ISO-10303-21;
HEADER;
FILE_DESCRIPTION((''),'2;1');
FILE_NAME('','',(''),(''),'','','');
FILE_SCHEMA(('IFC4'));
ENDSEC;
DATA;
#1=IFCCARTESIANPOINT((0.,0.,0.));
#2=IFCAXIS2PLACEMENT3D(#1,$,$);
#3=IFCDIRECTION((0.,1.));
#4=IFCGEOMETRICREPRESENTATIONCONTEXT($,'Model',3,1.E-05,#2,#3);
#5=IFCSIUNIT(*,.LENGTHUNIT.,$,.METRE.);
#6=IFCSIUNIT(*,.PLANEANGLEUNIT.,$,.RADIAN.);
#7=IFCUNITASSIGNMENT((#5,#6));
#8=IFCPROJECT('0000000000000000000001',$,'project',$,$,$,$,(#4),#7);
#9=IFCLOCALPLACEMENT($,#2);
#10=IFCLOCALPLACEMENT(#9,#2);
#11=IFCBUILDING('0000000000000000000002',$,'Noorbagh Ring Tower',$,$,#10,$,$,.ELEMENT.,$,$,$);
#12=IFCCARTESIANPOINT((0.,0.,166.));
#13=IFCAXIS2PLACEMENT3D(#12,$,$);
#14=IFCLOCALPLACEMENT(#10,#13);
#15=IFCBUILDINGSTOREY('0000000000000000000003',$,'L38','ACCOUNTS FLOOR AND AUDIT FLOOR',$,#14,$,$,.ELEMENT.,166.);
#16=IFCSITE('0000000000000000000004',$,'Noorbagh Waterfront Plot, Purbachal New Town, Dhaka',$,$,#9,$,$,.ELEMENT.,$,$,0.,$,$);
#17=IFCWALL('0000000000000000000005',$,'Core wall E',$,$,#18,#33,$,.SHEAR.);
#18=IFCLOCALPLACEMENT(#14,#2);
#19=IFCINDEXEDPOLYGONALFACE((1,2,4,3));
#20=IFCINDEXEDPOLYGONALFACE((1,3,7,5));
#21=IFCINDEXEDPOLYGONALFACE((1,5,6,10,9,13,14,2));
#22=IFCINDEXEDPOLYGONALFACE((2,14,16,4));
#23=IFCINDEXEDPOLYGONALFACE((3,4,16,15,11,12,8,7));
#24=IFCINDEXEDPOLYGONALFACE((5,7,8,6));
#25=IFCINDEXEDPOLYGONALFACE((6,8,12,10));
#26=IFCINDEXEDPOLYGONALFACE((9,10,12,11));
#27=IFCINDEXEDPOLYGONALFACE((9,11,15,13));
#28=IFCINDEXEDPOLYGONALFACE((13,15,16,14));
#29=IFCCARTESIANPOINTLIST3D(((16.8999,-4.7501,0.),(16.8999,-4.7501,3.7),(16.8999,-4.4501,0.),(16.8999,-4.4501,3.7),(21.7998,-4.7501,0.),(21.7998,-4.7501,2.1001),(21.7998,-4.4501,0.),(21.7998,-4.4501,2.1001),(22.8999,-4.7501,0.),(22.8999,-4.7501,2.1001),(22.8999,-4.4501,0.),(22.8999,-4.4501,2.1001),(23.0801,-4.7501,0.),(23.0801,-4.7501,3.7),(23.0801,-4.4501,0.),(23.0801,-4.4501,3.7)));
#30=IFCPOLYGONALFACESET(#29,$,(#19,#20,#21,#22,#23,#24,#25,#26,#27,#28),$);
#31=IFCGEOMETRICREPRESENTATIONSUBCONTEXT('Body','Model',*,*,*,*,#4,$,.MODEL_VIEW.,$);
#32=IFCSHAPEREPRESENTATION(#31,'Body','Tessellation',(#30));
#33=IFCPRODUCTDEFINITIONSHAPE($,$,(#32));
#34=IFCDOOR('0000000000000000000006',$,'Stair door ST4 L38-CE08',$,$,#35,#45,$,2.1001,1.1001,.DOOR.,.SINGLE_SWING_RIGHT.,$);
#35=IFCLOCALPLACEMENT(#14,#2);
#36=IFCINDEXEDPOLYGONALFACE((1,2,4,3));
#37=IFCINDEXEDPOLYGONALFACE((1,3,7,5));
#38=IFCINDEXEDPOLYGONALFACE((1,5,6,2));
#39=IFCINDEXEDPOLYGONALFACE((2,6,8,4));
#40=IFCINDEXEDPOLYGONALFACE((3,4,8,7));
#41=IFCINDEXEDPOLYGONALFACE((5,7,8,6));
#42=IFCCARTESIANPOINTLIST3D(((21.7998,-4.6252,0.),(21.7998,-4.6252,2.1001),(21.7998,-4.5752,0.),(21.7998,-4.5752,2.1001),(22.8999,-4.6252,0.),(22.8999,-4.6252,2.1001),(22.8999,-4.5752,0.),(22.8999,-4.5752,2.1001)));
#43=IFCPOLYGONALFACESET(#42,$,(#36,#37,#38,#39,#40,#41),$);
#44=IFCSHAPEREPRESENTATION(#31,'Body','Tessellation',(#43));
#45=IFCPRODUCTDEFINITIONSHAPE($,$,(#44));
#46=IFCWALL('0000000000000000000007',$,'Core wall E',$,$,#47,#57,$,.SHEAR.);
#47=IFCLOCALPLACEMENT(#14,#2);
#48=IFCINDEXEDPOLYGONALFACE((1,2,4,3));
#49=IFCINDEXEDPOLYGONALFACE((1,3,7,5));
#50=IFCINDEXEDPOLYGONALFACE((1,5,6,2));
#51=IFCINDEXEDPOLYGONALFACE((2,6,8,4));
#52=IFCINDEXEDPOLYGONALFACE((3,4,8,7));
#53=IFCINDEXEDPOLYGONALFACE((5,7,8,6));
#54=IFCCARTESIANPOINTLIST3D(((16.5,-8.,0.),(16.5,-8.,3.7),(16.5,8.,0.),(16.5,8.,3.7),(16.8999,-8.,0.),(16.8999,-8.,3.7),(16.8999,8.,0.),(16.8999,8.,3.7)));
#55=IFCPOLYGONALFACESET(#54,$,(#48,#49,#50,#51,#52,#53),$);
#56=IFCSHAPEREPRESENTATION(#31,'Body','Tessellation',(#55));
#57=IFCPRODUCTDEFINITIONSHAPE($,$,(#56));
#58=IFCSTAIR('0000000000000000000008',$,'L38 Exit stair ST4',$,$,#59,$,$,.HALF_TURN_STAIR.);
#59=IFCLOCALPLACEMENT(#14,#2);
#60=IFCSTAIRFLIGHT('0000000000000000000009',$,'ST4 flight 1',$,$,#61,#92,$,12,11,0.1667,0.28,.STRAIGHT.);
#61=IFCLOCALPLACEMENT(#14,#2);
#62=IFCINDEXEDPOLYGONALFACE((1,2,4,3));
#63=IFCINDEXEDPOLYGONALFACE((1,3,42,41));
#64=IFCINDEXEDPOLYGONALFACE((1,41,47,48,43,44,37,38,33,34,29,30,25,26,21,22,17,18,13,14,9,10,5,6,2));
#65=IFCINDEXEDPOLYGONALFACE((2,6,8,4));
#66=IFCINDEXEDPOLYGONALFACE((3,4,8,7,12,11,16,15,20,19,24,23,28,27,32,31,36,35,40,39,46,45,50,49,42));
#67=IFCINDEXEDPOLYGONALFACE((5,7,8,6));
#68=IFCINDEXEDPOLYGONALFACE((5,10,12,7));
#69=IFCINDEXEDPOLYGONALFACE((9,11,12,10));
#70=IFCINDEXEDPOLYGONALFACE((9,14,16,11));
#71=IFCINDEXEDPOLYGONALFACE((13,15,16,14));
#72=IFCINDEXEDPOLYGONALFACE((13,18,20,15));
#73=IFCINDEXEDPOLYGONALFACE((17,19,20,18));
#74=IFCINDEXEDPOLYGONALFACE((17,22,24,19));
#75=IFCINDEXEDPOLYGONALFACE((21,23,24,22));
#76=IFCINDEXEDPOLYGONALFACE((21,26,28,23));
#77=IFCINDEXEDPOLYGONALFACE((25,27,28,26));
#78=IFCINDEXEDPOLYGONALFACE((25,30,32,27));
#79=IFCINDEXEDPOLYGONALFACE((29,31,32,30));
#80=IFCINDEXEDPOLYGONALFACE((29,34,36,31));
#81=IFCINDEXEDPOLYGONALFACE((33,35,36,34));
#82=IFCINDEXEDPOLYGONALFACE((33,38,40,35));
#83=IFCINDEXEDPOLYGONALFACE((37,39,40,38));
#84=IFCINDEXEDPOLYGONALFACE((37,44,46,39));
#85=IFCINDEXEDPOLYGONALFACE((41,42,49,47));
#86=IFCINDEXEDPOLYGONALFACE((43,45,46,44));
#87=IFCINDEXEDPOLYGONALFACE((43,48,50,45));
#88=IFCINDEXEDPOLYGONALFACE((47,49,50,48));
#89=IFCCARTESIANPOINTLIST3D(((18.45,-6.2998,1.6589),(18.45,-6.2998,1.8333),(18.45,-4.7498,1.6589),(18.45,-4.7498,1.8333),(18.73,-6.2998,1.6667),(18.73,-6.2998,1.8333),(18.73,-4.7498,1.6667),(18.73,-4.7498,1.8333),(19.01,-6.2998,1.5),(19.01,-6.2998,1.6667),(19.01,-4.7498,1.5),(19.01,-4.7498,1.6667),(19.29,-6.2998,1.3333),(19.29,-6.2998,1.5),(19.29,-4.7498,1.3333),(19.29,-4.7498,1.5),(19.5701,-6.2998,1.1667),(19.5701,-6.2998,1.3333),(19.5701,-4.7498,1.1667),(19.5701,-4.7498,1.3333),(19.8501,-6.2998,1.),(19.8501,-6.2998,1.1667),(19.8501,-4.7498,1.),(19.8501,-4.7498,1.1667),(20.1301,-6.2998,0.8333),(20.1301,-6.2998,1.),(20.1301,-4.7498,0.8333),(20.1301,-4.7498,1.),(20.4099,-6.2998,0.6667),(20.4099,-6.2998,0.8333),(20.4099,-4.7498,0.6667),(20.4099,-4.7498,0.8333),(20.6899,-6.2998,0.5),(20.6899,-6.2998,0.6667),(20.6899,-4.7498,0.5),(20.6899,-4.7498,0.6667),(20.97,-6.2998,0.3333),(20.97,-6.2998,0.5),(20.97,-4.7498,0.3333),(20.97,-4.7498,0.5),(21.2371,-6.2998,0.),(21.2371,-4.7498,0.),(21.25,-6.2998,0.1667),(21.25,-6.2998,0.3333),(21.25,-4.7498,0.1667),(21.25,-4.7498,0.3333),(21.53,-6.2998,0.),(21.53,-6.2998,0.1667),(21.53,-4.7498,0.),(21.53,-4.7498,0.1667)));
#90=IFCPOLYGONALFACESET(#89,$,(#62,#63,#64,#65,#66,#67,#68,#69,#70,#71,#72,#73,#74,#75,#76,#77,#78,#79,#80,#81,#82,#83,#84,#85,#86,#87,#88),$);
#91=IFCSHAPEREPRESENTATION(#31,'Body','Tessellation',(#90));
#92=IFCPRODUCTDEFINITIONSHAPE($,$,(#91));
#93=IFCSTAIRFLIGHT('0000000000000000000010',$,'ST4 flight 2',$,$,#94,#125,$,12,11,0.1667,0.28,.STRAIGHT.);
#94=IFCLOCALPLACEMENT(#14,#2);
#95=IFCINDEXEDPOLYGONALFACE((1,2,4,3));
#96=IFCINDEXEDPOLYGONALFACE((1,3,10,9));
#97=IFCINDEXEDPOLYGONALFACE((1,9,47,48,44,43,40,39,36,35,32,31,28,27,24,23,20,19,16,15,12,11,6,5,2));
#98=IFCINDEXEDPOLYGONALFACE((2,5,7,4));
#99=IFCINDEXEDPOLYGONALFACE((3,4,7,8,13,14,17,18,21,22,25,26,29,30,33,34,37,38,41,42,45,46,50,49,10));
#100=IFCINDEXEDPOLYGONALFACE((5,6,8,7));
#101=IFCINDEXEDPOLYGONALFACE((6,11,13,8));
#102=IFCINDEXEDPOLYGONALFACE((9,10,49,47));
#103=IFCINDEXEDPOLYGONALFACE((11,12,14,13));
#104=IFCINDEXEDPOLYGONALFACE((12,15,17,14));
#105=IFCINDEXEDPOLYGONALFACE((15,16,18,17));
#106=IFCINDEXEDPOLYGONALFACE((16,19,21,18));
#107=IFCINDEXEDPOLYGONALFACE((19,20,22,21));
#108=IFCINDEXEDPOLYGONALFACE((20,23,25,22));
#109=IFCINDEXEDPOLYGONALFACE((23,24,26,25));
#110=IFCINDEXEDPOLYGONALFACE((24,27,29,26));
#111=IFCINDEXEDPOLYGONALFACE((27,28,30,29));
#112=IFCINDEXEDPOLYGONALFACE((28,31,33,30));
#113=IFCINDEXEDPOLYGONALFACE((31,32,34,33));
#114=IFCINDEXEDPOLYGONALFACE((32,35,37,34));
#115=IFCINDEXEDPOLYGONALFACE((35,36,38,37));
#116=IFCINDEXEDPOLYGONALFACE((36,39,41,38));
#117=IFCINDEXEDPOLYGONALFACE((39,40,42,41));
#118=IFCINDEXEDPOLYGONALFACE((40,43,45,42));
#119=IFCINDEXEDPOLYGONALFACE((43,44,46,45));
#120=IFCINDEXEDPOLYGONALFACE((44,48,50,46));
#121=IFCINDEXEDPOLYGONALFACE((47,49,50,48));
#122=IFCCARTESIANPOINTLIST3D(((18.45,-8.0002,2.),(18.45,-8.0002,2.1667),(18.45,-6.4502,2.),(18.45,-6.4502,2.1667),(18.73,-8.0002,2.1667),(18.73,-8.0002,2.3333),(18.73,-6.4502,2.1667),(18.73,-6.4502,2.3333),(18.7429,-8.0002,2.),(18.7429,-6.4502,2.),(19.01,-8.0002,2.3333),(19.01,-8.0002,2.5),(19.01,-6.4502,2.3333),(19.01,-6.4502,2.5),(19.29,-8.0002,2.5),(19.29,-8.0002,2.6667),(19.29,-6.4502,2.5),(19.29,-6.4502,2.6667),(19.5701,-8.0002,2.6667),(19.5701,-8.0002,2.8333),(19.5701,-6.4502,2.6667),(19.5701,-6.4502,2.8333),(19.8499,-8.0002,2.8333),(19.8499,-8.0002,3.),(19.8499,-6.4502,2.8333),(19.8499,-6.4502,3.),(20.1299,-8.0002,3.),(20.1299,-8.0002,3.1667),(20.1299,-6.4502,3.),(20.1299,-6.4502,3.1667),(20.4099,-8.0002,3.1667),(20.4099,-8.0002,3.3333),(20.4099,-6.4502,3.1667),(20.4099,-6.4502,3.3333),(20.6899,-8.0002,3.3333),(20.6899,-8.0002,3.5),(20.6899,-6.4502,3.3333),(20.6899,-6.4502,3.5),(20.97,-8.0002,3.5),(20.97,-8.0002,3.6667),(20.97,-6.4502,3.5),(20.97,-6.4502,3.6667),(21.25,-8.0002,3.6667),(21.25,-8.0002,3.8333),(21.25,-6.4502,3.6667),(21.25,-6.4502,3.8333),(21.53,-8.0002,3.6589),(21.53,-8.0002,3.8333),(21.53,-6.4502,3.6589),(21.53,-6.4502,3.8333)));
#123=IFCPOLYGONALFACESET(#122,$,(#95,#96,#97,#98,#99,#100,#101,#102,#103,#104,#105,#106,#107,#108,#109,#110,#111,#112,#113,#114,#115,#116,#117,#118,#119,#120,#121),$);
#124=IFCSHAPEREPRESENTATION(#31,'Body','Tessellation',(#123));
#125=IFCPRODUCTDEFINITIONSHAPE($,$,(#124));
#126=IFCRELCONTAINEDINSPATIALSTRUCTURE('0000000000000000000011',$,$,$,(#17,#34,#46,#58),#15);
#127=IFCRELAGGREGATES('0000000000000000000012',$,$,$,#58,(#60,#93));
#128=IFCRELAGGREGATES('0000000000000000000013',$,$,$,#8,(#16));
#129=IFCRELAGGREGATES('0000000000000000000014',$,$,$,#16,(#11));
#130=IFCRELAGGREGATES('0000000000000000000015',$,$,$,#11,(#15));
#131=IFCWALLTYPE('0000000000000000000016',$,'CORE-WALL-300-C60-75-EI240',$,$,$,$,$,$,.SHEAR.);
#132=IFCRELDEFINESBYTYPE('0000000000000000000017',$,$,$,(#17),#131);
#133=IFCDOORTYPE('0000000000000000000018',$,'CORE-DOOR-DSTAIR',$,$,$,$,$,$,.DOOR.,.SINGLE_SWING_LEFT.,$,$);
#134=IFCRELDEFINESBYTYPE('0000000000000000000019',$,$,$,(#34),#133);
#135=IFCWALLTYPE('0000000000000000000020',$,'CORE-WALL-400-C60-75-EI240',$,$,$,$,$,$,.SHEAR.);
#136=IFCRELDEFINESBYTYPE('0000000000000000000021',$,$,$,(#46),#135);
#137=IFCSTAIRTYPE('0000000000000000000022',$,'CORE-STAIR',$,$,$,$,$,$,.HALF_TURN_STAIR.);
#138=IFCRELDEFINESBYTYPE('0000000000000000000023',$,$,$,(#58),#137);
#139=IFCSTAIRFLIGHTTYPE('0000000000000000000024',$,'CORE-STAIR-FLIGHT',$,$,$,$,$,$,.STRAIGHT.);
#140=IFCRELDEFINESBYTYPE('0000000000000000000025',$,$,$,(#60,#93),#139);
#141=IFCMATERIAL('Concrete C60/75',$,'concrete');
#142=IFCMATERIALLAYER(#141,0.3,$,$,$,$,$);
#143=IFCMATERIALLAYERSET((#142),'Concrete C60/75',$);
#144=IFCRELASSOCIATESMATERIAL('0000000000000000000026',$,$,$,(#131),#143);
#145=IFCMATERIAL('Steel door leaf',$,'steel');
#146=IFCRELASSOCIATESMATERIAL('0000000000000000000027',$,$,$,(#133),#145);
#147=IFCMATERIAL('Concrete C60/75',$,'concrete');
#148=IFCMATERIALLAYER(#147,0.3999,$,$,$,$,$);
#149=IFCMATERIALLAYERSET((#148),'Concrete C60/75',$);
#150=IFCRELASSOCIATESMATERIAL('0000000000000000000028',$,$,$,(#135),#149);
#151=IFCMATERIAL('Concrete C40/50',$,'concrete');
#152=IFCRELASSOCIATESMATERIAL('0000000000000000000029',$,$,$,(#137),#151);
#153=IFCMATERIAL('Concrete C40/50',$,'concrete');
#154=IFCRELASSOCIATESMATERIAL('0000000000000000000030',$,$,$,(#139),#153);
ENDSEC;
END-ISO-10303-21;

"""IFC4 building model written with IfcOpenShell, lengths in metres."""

from ifc_helpers import new_model, si_unit, direction, frame, frame_2d, origin, place, context, subcontext, project, spatial, polyline, rectangle, outline, extrude, material, layer, layer_set, type_object, element, fill, aggregate, save


model = new_model("IFC4")

# Units and contexts
model_context = context("Model", 3, precision=1e-05, world=origin(), true_north=direction((0.0, 1.0)))
body_context = subcontext(model_context, "Body", "Model", "MODEL_VIEW")
ifc_project = project(units=[si_unit("LENGTHUNIT", "METRE"), si_unit("PLANEANGLEUNIT", "RADIAN")], contexts=[model_context])

# Site, building, storey
site_placement = place(None, origin())
site = spatial("IfcSite", under=ifc_project, at=site_placement, Name="Noorbagh Waterfront Plot, Purbachal New Town, Dhaka", CompositionType="ELEMENT", RefElevation=0.0)
building_placement = place(site_placement, origin())
building = spatial("IfcBuilding", under=site, at=building_placement, Name="Noorbagh Ring Tower", CompositionType="ELEMENT")
storey_placement = place(building_placement, frame((0.0, 0.0, 166.0)))
storey = spatial("IfcBuildingStorey", under=building, at=storey_placement, Name="L38", Description="ACCOUNTS FLOOR AND AUDIT FLOOR", CompositionType="ELEMENT", Elevation=166.0)

# Wall, opening, door
ifc_material_1 = material(Name="Concrete C60/75", Category="concrete")
ifc_layer_1 = layer(ifc_material_1, 0.3)
ifc_layer_set_1 = layer_set([ifc_layer_1], Name="Concrete C60/75")
wall_type_1 = type_object("IfcWallType", Name="CORE-WALL-300-C60-75-EI240", PredefinedType="SHEAR", material=ifc_layer_set_1)
wall_1_placement = place(storey_placement, frame((16.8999, -4.6001, 0.0), z_axis=(0.0, 0.0, 1.0), x_axis=(1.0, 0.0, 0.0)))
wall_1 = element("IfcWall", 1, at=wall_1_placement, inside=storey, type_object=wall_type_1, Name="Core wall E", PredefinedType="SHEAR", context=body_context, shape_type="SweptSolid", body=[
    extrude(rectangle(XDim=6.1802, YDim=0.3, at=frame_2d((3.0901, 0.0))), origin(), (0.0, 0.0, 1.0), 3.7),
])
opening_1_placement = place(wall_1_placement, frame((4.8999, 0.0, 0.0)))
opening_1 = element("IfcOpeningElement", 2, at=opening_1_placement, cuts=wall_1, PredefinedType="OPENING", context=body_context, shape_type="SweptSolid", body=[
    extrude(rectangle(XDim=1.1001, YDim=2.1001, at=frame_2d((0.55, 1.05))), frame((0.0, 0.1602, 0.0), z_axis=(0.0, -1.0, 0.0), x_axis=(1.0, 0.0, 0.0)), (0.0, 0.0, 1.0), 0.3201),
])
ifc_material_2 = material(Name="Steel door leaf", Category="steel")
door_type_1 = type_object("IfcDoorType", Name="CORE-DOOR-DSTAIR", OperationType="SINGLE_SWING_LEFT", PredefinedType="DOOR", material=ifc_material_2)
door_1_placement = place(opening_1_placement, origin())
door_1 = element("IfcDoor", 3, at=door_1_placement, inside=storey, type_object=door_type_1, Name="Stair door ST4 L38-CE08", OperationType="SINGLE_SWING_RIGHT", OverallHeight=2.1001, OverallWidth=1.1001, PredefinedType="DOOR", context=body_context, shape_type="SweptSolid", body=[
    extrude(rectangle(XDim=1.1001, YDim=2.1001, at=frame_2d((0.55, 1.05))), frame((0.0, 0.0249, 0.0), z_axis=(0.0, -1.0, 0.0), x_axis=(1.0, 0.0, 0.0)), (0.0, 0.0, 1.0), 0.05),
])
fill(opening_1, door_1)

# Wall
ifc_material_3 = material(Name="Concrete C60/75", Category="concrete")
ifc_layer_2 = layer(ifc_material_3, 0.3999)
ifc_layer_set_2 = layer_set([ifc_layer_2], Name="Concrete C60/75")
wall_type_2 = type_object("IfcWallType", Name="CORE-WALL-400-C60-75-EI240", PredefinedType="SHEAR", material=ifc_layer_set_2)
wall_2_placement = place(storey_placement, frame((16.7, -8.0, 0.0), z_axis=(0.0, 0.0, 1.0), x_axis=(0.0, 1.0, 0.0)))
element("IfcWall", 4, at=wall_2_placement, inside=storey, type_object=wall_type_2, Name="Core wall E", PredefinedType="SHEAR", context=body_context, shape_type="SweptSolid", body=[
    extrude(rectangle(XDim=16.0, YDim=0.3999, at=frame_2d((8.0, 0.0))), origin(), (0.0, 0.0, 1.0), 3.7),
])

# Stair, stair flights
ifc_material_4 = material(Name="Concrete C40/50", Category="concrete")
stair_type = type_object("IfcStairType", Name="CORE-STAIR", PredefinedType="HALF_TURN_STAIR", material=ifc_material_4)
stair_placement = place(storey_placement, origin())
stair = element("IfcStair", 5, at=stair_placement, inside=storey, type_object=stair_type, Name="L38 Exit stair ST4", PredefinedType="HALF_TURN_STAIR")
ifc_material_5 = material(Name="Concrete C40/50", Category="concrete")
stair_flight_type = type_object("IfcStairFlightType", Name="CORE-STAIR-FLIGHT", PredefinedType="STRAIGHT", material=ifc_material_5)
stair_flight_1_placement = place(storey_placement, frame((21.53, -5.5249, 0.0), z_axis=(0.0, 0.0, 1.0), x_axis=(-1.0, 0.0, 0.0)))
stair_flight_1 = element("IfcStairFlight", 6, at=stair_flight_1_placement, type_object=stair_flight_type, Name="ST4 flight 1", NumberOfRisers=12, NumberOfTreads=11, PredefinedType="STRAIGHT", RiserHeight=0.1667, TreadLength=0.28, context=body_context, shape_type="SweptSolid", body=[
    extrude(outline(polyline([(0.0, 0.0), (0.0, 0.1667), (0.28, 0.1667), (0.28, 0.3333), (0.5601, 0.3333), (0.5601, 0.5), (0.8401, 0.5), (0.8401, 0.6667), (1.1201, 0.6667), (1.1201, 0.8333), (1.3999, 0.8333), (1.3999, 1.0), (1.6799, 1.0), (1.6799, 1.1667), (1.96, 1.1667), (1.96, 1.3333), (2.24, 1.3333), (2.24, 1.5), (2.52, 1.5), (2.52, 1.6667), (2.8, 1.6667), (2.8, 1.8333), (3.0801, 1.8333), (3.0801, 2.0), (3.0801, 1.6589), (0.293, 0.0), (0.0, 0.0)])), frame((0.0, 0.7749, 0.0), z_axis=(0.0, -1.0, 0.0), x_axis=(1.0, 0.0, 0.0)), (0.0, 0.0, 1.0), 1.55),
])
stair_flight_2_placement = place(storey_placement, frame((18.45, -7.2251, 2.0), z_axis=(0.0, 0.0, 1.0), x_axis=(1.0, 0.0, 0.0)))
stair_flight_2 = element("IfcStairFlight", 7, at=stair_flight_2_placement, type_object=stair_flight_type, Name="ST4 flight 2", NumberOfRisers=12, NumberOfTreads=11, PredefinedType="STRAIGHT", RiserHeight=0.1667, TreadLength=0.28, context=body_context, shape_type="SweptSolid", body=[
    extrude(outline(polyline([(0.0, 0.0), (0.0, 0.1667), (0.28, 0.1667), (0.28, 0.3333), (0.5601, 0.3333), (0.5601, 0.5), (0.8401, 0.5), (0.8401, 0.6667), (1.1201, 0.6667), (1.1201, 0.8333), (1.3999, 0.8333), (1.3999, 1.0), (1.6799, 1.0), (1.6799, 1.1667), (1.96, 1.1667), (1.96, 1.3333), (2.24, 1.3333), (2.24, 1.5), (2.52, 1.5), (2.52, 1.6667), (2.8, 1.6667), (2.8, 1.8333), (3.0801, 1.8333), (3.0801, 2.0), (3.0801, 1.6589), (0.293, 0.0), (0.0, 0.0)])), frame((0.0, 0.7749, 0.0), z_axis=(0.0, -1.0, 0.0), x_axis=(1.0, 0.0, 0.0)), (0.0, 0.0, 1.0), 1.55),
])
aggregate(stair, [stair_flight_1, stair_flight_2])

save(model, "model.ifc")
